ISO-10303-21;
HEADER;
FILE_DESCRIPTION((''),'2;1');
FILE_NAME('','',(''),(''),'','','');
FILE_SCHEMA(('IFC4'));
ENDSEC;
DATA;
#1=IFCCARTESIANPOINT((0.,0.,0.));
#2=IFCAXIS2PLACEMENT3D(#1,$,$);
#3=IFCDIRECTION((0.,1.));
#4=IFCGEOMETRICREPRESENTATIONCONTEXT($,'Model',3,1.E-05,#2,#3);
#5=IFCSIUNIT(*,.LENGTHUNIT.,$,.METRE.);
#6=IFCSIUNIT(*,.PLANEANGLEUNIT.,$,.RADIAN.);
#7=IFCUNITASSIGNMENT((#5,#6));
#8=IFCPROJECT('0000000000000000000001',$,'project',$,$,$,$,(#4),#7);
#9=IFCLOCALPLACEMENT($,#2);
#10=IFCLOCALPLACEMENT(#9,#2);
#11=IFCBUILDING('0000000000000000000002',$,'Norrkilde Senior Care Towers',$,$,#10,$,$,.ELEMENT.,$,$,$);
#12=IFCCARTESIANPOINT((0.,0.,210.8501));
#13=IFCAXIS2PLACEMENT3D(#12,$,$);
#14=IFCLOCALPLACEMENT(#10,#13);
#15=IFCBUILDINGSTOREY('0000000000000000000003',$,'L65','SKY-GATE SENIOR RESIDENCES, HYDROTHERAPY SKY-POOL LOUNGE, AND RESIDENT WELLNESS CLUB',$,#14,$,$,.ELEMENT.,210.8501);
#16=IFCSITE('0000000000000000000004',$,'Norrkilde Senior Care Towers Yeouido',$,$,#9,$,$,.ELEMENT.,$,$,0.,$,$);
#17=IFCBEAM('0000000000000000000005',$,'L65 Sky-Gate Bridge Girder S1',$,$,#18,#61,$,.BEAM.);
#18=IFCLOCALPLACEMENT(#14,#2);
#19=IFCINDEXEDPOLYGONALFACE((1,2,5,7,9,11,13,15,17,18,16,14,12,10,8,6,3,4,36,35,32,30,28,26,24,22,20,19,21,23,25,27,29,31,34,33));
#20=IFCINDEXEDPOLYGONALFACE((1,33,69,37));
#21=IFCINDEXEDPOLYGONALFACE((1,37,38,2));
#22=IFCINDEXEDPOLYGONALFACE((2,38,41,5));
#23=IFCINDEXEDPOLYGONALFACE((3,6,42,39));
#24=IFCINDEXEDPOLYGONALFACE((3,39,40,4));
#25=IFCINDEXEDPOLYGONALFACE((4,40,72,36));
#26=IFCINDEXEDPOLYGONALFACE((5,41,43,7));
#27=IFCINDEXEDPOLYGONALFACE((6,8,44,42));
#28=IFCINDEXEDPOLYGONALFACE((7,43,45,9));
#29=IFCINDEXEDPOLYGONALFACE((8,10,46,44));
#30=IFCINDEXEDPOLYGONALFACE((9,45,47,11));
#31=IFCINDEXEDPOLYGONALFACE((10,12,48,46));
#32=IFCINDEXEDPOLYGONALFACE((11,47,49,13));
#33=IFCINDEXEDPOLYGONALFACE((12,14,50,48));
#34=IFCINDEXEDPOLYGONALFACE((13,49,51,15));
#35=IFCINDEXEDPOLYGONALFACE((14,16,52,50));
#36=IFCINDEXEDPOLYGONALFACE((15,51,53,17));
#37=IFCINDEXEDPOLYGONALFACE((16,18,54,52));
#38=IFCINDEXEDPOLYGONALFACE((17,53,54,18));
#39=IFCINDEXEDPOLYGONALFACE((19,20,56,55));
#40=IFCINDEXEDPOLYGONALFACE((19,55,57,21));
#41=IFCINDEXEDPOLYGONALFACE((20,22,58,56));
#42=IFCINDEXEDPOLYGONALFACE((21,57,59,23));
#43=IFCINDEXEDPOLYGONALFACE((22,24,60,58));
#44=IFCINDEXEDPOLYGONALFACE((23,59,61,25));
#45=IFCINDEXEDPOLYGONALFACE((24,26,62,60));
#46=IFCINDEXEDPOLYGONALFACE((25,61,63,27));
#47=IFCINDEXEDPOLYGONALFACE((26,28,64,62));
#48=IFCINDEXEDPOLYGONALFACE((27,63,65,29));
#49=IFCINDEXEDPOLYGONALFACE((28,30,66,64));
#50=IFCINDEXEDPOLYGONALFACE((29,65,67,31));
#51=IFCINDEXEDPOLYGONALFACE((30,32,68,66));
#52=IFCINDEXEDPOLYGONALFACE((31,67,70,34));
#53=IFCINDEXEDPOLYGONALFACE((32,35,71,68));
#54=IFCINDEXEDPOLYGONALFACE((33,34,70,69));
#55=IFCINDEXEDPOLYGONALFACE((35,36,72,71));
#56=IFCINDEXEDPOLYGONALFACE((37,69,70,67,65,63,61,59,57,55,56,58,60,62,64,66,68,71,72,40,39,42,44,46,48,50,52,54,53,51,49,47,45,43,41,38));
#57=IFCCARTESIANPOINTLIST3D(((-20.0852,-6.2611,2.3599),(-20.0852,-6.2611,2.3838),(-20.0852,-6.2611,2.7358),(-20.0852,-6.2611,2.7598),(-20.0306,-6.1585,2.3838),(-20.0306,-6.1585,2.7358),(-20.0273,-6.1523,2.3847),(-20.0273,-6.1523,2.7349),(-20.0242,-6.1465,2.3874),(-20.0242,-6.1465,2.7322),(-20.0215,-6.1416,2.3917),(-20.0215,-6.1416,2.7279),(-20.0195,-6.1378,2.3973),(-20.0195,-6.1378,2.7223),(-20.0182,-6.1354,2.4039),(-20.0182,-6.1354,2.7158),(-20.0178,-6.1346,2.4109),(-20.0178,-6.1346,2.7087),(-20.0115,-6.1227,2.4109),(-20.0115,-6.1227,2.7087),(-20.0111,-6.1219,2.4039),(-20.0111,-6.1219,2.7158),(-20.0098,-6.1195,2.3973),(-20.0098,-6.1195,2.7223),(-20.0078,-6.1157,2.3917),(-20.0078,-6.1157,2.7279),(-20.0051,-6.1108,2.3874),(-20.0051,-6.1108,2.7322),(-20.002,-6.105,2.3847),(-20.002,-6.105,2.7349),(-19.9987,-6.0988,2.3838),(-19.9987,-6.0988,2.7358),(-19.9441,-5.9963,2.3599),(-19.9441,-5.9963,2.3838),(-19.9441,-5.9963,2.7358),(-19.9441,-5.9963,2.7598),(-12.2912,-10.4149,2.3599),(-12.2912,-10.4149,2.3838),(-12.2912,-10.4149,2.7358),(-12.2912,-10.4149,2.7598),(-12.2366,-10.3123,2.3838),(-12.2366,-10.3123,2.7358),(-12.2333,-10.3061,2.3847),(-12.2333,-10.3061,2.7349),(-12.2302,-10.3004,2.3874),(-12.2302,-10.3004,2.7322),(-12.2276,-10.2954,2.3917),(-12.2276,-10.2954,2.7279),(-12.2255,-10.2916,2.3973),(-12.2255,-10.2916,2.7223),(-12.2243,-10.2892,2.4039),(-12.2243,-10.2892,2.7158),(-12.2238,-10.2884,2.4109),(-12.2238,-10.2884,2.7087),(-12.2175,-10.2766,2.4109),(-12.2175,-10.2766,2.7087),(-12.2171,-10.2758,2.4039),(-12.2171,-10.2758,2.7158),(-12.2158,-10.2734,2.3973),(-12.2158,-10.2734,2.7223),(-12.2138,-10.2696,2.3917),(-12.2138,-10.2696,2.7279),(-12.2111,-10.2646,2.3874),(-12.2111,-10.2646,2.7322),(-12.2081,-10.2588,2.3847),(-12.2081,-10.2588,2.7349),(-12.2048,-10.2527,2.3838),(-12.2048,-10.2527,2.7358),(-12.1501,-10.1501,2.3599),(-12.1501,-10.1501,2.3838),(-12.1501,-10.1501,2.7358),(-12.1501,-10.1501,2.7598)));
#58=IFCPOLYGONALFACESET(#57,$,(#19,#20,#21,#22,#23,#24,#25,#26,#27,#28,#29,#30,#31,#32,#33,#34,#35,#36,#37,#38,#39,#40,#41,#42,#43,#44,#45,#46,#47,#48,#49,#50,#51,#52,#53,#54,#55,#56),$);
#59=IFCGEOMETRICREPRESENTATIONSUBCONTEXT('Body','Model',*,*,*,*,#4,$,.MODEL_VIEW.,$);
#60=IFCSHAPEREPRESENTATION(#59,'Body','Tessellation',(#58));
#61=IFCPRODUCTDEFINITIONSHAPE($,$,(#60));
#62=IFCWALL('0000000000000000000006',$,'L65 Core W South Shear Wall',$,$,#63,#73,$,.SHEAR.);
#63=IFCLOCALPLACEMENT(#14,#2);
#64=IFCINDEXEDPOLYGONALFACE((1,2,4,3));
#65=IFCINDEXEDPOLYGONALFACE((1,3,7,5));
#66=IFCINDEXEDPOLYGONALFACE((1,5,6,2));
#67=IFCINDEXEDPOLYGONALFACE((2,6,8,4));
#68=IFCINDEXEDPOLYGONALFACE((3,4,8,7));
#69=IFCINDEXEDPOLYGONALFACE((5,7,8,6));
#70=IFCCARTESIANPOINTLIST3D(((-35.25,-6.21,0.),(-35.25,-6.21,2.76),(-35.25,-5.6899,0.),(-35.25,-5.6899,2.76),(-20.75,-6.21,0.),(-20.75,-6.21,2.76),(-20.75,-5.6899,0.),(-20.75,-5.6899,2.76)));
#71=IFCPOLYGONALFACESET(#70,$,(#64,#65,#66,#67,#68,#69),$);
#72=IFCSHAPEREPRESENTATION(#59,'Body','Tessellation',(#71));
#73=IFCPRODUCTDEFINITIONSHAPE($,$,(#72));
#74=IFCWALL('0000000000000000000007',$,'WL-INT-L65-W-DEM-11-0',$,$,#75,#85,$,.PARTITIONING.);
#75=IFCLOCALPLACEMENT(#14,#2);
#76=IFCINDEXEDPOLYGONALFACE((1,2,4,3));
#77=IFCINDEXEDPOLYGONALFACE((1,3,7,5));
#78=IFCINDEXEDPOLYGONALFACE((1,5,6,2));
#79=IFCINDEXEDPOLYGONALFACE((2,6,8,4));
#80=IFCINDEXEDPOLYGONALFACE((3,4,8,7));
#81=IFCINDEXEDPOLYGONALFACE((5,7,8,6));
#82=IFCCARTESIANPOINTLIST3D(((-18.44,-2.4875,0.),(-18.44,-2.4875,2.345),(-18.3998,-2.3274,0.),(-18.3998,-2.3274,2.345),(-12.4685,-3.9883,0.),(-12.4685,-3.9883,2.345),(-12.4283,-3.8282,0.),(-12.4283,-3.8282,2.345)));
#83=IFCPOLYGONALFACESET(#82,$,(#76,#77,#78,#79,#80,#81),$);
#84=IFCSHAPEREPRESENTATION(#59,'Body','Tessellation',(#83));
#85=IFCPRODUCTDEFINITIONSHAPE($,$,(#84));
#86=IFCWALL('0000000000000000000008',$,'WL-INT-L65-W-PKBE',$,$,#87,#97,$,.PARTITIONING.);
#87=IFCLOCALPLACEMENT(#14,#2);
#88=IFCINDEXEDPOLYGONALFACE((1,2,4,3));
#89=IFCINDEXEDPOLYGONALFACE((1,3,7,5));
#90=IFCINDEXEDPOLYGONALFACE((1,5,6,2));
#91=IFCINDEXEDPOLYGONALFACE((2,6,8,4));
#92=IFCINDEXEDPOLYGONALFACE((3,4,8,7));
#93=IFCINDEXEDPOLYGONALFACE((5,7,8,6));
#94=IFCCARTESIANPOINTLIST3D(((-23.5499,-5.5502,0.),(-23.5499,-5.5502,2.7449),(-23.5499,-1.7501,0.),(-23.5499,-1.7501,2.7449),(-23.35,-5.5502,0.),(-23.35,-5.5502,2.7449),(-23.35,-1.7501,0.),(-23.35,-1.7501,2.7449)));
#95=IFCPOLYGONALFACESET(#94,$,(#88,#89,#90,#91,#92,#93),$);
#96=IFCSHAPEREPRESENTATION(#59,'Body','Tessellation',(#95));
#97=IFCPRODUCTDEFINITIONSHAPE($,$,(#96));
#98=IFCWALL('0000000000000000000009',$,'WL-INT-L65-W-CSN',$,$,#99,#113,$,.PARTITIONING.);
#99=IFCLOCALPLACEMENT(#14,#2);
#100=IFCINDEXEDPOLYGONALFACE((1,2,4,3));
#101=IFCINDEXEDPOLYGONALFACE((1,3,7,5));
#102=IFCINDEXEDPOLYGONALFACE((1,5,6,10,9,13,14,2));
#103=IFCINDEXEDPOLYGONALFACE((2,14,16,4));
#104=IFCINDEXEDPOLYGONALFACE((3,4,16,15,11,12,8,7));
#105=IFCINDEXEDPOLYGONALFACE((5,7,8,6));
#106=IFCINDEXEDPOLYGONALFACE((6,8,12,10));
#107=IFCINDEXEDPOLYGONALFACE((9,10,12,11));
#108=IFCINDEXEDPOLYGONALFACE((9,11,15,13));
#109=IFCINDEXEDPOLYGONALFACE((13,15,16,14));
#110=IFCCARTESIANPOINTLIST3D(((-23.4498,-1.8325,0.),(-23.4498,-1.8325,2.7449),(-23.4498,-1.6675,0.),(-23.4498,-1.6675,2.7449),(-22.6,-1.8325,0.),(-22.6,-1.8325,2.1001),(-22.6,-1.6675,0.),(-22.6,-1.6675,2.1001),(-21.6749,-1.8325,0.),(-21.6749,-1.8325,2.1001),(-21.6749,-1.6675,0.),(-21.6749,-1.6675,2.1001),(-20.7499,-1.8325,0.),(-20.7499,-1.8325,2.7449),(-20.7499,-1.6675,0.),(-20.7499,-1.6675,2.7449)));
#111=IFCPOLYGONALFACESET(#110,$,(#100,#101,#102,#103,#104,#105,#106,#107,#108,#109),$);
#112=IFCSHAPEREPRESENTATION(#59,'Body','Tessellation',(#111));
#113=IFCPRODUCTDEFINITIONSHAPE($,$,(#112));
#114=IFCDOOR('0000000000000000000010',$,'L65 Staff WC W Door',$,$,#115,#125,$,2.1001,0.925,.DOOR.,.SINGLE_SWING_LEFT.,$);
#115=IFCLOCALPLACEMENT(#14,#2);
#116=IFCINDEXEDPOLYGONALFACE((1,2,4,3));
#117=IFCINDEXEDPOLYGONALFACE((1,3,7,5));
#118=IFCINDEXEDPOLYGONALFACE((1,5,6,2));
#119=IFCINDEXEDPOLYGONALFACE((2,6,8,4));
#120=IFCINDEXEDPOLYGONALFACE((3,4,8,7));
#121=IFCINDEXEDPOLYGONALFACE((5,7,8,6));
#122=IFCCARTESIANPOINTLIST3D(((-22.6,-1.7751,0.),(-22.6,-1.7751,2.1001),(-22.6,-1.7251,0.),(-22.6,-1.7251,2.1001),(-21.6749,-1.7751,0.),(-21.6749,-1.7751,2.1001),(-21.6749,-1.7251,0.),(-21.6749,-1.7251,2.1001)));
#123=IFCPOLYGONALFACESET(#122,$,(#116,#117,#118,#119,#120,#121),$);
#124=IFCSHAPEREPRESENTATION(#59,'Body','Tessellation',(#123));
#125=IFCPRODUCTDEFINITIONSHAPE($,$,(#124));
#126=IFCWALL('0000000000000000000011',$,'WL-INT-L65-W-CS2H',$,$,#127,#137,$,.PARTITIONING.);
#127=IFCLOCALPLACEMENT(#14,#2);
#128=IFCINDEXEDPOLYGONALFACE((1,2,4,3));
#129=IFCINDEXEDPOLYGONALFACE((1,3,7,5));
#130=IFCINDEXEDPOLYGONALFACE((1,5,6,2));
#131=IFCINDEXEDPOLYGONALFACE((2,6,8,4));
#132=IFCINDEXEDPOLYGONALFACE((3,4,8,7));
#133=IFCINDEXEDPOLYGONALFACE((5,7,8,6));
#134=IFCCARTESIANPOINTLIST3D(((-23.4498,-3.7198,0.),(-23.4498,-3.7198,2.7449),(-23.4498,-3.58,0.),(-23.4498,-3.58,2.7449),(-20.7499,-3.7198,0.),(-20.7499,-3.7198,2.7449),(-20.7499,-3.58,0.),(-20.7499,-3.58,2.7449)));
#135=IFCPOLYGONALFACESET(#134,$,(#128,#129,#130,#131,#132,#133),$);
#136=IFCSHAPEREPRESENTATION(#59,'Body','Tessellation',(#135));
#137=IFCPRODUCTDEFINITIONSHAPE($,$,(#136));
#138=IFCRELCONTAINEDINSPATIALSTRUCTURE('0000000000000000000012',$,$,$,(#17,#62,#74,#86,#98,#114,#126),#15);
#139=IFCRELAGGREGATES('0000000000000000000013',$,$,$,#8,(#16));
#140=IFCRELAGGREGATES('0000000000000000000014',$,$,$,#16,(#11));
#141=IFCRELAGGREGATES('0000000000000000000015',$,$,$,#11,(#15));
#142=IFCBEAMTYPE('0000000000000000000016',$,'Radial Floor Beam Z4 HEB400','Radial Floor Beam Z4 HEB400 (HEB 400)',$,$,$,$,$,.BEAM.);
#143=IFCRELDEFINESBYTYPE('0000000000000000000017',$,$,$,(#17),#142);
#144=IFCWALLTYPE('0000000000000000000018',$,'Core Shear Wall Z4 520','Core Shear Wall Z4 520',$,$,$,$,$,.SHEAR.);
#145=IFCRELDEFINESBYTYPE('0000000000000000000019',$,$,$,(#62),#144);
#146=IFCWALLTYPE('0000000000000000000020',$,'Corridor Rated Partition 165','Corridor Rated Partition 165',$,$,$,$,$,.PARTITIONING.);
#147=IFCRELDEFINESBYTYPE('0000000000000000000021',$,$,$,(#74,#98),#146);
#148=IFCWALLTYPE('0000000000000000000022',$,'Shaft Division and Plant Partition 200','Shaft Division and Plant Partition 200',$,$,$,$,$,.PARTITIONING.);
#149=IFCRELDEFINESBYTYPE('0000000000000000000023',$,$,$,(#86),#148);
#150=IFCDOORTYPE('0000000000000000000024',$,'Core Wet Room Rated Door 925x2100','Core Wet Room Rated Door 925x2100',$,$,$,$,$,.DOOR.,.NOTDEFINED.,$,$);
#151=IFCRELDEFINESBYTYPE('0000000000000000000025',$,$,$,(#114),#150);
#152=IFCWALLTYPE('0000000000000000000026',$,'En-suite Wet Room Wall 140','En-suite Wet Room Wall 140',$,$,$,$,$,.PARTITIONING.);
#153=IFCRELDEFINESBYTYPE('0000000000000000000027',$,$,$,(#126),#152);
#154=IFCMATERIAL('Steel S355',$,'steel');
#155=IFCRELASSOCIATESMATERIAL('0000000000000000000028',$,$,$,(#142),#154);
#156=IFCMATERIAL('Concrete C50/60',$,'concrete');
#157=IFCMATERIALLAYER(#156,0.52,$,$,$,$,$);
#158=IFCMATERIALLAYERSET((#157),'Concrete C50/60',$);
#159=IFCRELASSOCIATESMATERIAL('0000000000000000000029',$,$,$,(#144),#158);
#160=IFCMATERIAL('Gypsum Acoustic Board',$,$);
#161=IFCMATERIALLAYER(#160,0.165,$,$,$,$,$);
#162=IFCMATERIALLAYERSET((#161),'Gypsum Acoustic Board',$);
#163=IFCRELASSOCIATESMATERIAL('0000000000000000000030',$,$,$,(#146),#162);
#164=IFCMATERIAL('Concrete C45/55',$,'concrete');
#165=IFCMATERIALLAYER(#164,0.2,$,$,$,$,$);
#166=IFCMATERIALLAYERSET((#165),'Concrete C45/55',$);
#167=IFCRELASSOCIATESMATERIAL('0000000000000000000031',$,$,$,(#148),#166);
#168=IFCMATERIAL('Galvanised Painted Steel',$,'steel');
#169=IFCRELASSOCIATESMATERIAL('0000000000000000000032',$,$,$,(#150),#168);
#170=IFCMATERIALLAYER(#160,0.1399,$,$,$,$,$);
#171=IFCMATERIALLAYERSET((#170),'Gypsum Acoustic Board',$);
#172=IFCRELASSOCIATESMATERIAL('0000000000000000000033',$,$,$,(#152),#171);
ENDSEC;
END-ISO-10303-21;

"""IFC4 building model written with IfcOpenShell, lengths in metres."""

from ifc_helpers import new_model, si_unit, direction, frame, frame_2d, origin, origin_2d, place, context, subcontext, project, spatial, rectangle, i_section, extrude, source, transform, mapped, material, layer, layer_set, material_profile, profile_set, type_object, type_shapes, element, fill, save


model = new_model("IFC4")

# Units and contexts
model_context = context("Model", 3, precision=1e-05, world=origin(), true_north=direction((0.0, 1.0)))
body_context = subcontext(model_context, "Body", "Model", "MODEL_VIEW")
ifc_project = project(units=[si_unit("LENGTHUNIT", "METRE"), si_unit("PLANEANGLEUNIT", "RADIAN")], contexts=[model_context])

# Site, building, storey
site_placement = place(None, origin())
site = spatial("IfcSite", under=ifc_project, at=site_placement, Name="Norrkilde Senior Care Towers Yeouido", CompositionType="ELEMENT", RefElevation=0.0)
building_placement = place(site_placement, origin())
building = spatial("IfcBuilding", under=site, at=building_placement, Name="Norrkilde Senior Care Towers", CompositionType="ELEMENT")
storey_placement = place(building_placement, frame((0.0, 0.0, 210.8501)))
storey = spatial("IfcBuildingStorey", under=building, at=storey_placement, Name="L65", Description="SKY-GATE SENIOR RESIDENCES, HYDROTHERAPY SKY-POOL LOUNGE, AND RESIDENT WELLNESS CLUB", CompositionType="ELEMENT", Elevation=210.8501)

# Shared definitions
ifc_material_1 = material(Name="Concrete C50/60", Category="concrete")

# Beam
ifc_material_2 = material(Name="Steel S355", Category="steel")
ifc_material_profile_1 = material_profile(ifc_material_2, i_section(OverallWidth=0.3, OverallDepth=0.3999, WebThickness=0.0134, FlangeThickness=0.0239, FilletRadius=0.0271, at=origin_2d()), Name="HEB 400")
ifc_profile_set_1 = profile_set([ifc_material_profile_1], Name="Steel S355")
beam_type_1 = type_object("IfcBeamType", Name="Radial Floor Beam Z4 HEB400", Description="Radial Floor Beam Z4 HEB400 (HEB 400)", PredefinedType="BEAM", material=ifc_profile_set_1)
shared_shape_1 = source(origin(), body_context, "Body", "SweptSolid", [
    extrude(i_section(OverallWidth=0.3, OverallDepth=0.3999, WebThickness=0.0134, FlangeThickness=0.0239, FilletRadius=0.0271, at=origin_2d()), origin(), (0.0, 0.0, 1.0), 8.8318),
])
beam_1_placement = place(storey_placement, frame((-20.0146, -6.1287, 2.5598), z_axis=(0.882492, -0.470327, 0.0), x_axis=(0.470327, 0.882492, 0.0)))
element("IfcBeam", 1, at=beam_1_placement, inside=storey, type_object=beam_type_1, Name="L65 Sky-Gate Bridge Girder S1", PredefinedType="BEAM", context=body_context, shape_type="MappedRepresentation", body=[
    mapped(shared_shape_1, transform((0.0, 0.0, 0.0), x_axis=(1.0, 0.0, 0.0), y_axis=(0.0, 1.0, 0.0), z_axis=(0.0, 0.0, 1.0), scale=1.0)),
])

# Walls
ifc_layer_1 = layer(ifc_material_1, 0.52)
ifc_layer_set_1 = layer_set([ifc_layer_1], Name="Concrete C50/60")
wall_type_1 = type_object("IfcWallType", Name="Core Shear Wall Z4 520", Description="Core Shear Wall Z4 520", PredefinedType="SHEAR", material=ifc_layer_set_1)
shared_shape_2 = source(origin(), body_context, "Body", "SweptSolid", [
    extrude(rectangle(XDim=14.5, YDim=0.52, at=frame_2d((7.25, 0.0))), origin(), (0.0, 0.0, 1.0), 2.76),
])
type_shapes(wall_type_1, [shared_shape_2])
wall_1_placement = place(storey_placement, frame((-20.75, -5.95, 0.0), z_axis=(0.0, 0.0, 1.0), x_axis=(-1.0, 0.0, 0.0)))
element("IfcWall", 2, at=wall_1_placement, inside=storey, type_object=wall_type_1, Name="L65 Core W South Shear Wall", PredefinedType="SHEAR", context=body_context, shape_type="MappedRepresentation", body=[
    mapped(shared_shape_2, transform((0.0, 0.0, 0.0), x_axis=(1.0, 0.0, 0.0), y_axis=(0.0, 1.0, 0.0), z_axis=(0.0, 0.0, 1.0), scale=1.0)),
])
ifc_material_3 = material(Name="Gypsum Acoustic Board")
ifc_layer_2 = layer(ifc_material_3, 0.165)
ifc_layer_set_2 = layer_set([ifc_layer_2], Name="Gypsum Acoustic Board")
wall_type_2 = type_object("IfcWallType", Name="Corridor Rated Partition 165", Description="Corridor Rated Partition 165", PredefinedType="PARTITIONING", material=ifc_layer_set_2)
shared_shape_3 = source(origin(), body_context, "Body", "SweptSolid", [
    extrude(rectangle(XDim=6.1572, YDim=0.165, at=frame_2d((3.0786, 0.0))), origin(), (0.0, 0.0, 1.0), 2.345),
])
wall_2_placement = place(storey_placement, frame((-18.4199, -2.4075, 0.0), z_axis=(0.0, 0.0, 1.0), x_axis=(0.969841, -0.243739, 0.0)))
element("IfcWall", 3, at=wall_2_placement, inside=storey, type_object=wall_type_2, Name="WL-INT-L65-W-DEM-11-0", PredefinedType="PARTITIONING", context=body_context, shape_type="MappedRepresentation", body=[
    mapped(shared_shape_3, transform((0.0, 0.0, 0.0), x_axis=(1.0, 0.0, 0.0), y_axis=(0.0, 1.0, 0.0), z_axis=(0.0, 0.0, 1.0), scale=1.0)),
])
ifc_material_4 = material(Name="Concrete C45/55", Category="concrete")
ifc_layer_3 = layer(ifc_material_4, 0.2)
ifc_layer_set_3 = layer_set([ifc_layer_3], Name="Concrete C45/55")
wall_type_3 = type_object("IfcWallType", Name="Shaft Division and Plant Partition 200", Description="Shaft Division and Plant Partition 200", PredefinedType="PARTITIONING", material=ifc_layer_set_3)
shared_shape_4 = source(origin(), body_context, "Body", "SweptSolid", [
    extrude(rectangle(XDim=3.8, YDim=0.2, at=frame_2d((1.8999, 0.0))), origin(), (0.0, 0.0, 1.0), 2.7449),
])
type_shapes(wall_type_3, [shared_shape_4])
wall_3_placement = place(storey_placement, frame((-23.45, -5.55, 0.0), z_axis=(0.0, 0.0, 1.0), x_axis=(0.0, 1.0, 0.0)))
element("IfcWall", 4, at=wall_3_placement, inside=storey, type_object=wall_type_3, Name="WL-INT-L65-W-PKBE", PredefinedType="PARTITIONING", context=body_context, shape_type="MappedRepresentation", body=[
    mapped(shared_shape_4, transform((0.0, 0.0, 0.0), x_axis=(1.0, 0.0, 0.0), y_axis=(0.0, 1.0, 0.0), z_axis=(0.0, 0.0, 1.0), scale=1.0)),
])

# Wall, opening, door
shared_shape_5 = source(origin(), body_context, "Body", "SweptSolid", [
    extrude(rectangle(XDim=2.7, YDim=0.165, at=frame_2d((1.3501, 0.0))), origin(), (0.0, 0.0, 1.0), 2.7449),
])
wall_4_placement = place(storey_placement, frame((-23.45, -1.75, 0.0), z_axis=(0.0, 0.0, 1.0), x_axis=(1.0, 0.0, 0.0)))
wall_4 = element("IfcWall", 5, at=wall_4_placement, inside=storey, type_object=wall_type_2, Name="WL-INT-L65-W-CSN", PredefinedType="PARTITIONING", context=body_context, shape_type="MappedRepresentation", body=[
    mapped(shared_shape_5, transform((0.0, 0.0, 0.0), x_axis=(1.0, 0.0, 0.0), y_axis=(0.0, 1.0, 0.0), z_axis=(0.0, 0.0, 1.0), scale=1.0)),
])
opening_1_placement = place(wall_4_placement, frame((0.8501, 0.0, 0.0)))
opening_1 = element("IfcOpeningElement", 6, at=opening_1_placement, cuts=wall_4, PredefinedType="OPENING", context=body_context, shape_type="SweptSolid", body=[
    extrude(rectangle(XDim=0.925, YDim=2.1001, at=frame_2d((0.4624, 1.05))), frame((0.0, 0.0925, 0.0), z_axis=(0.0, -1.0, 0.0), x_axis=(1.0, 0.0, 0.0)), (0.0, 0.0, 1.0), 0.1851),
])
ifc_material_5 = material(Name="Galvanised Painted Steel", Category="steel")
door_type_1 = type_object("IfcDoorType", Name="Core Wet Room Rated Door 925x2100", Description="Core Wet Room Rated Door 925x2100", OperationType="NOTDEFINED", PredefinedType="DOOR", material=ifc_material_5)
shared_shape_6 = source(origin(), body_context, "Body", "SweptSolid", [
    extrude(rectangle(XDim=0.925, YDim=2.1001, at=frame_2d((0.4624, 1.05))), frame((0.0, 0.0249, 0.0), z_axis=(0.0, -1.0, 0.0), x_axis=(1.0, 0.0, 0.0)), (0.0, 0.0, 1.0), 0.05),
])
type_shapes(door_type_1, [shared_shape_6])
door_1_placement = place(opening_1_placement, origin())
door_1 = element("IfcDoor", 7, at=door_1_placement, inside=storey, type_object=door_type_1, Name="L65 Staff WC W Door", OperationType="SINGLE_SWING_LEFT", OverallHeight=2.1001, OverallWidth=0.925, PredefinedType="DOOR", context=body_context, shape_type="MappedRepresentation", body=[
    mapped(shared_shape_6, transform((0.0, 0.0, 0.0), x_axis=(1.0, 0.0, 0.0), y_axis=(0.0, 1.0, 0.0), z_axis=(0.0, 0.0, 1.0), scale=1.0)),
])
fill(opening_1, door_1)

# Wall
ifc_layer_4 = layer(ifc_material_3, 0.1399)
ifc_layer_set_4 = layer_set([ifc_layer_4], Name="Gypsum Acoustic Board")
wall_type_4 = type_object("IfcWallType", Name="En-suite Wet Room Wall 140", Description="En-suite Wet Room Wall 140", PredefinedType="PARTITIONING", material=ifc_layer_set_4)
shared_shape_7 = source(origin(), body_context, "Body", "SweptSolid", [
    extrude(rectangle(XDim=2.7, YDim=0.1399, at=frame_2d((1.3501, 0.0))), origin(), (0.0, 0.0, 1.0), 2.7449),
])
type_shapes(wall_type_4, [shared_shape_7])
wall_5_placement = place(storey_placement, frame((-23.45, -3.6499, 0.0), z_axis=(0.0, 0.0, 1.0), x_axis=(1.0, 0.0, 0.0)))
element("IfcWall", 8, at=wall_5_placement, inside=storey, type_object=wall_type_4, Name="WL-INT-L65-W-CS2H", PredefinedType="PARTITIONING", context=body_context, shape_type="MappedRepresentation", body=[
    mapped(shared_shape_7, transform((0.0, 0.0, 0.0), x_axis=(1.0, 0.0, 0.0), y_axis=(0.0, 1.0, 0.0), z_axis=(0.0, 0.0, 1.0), scale=1.0)),
])

save(model, "model.ifc")
